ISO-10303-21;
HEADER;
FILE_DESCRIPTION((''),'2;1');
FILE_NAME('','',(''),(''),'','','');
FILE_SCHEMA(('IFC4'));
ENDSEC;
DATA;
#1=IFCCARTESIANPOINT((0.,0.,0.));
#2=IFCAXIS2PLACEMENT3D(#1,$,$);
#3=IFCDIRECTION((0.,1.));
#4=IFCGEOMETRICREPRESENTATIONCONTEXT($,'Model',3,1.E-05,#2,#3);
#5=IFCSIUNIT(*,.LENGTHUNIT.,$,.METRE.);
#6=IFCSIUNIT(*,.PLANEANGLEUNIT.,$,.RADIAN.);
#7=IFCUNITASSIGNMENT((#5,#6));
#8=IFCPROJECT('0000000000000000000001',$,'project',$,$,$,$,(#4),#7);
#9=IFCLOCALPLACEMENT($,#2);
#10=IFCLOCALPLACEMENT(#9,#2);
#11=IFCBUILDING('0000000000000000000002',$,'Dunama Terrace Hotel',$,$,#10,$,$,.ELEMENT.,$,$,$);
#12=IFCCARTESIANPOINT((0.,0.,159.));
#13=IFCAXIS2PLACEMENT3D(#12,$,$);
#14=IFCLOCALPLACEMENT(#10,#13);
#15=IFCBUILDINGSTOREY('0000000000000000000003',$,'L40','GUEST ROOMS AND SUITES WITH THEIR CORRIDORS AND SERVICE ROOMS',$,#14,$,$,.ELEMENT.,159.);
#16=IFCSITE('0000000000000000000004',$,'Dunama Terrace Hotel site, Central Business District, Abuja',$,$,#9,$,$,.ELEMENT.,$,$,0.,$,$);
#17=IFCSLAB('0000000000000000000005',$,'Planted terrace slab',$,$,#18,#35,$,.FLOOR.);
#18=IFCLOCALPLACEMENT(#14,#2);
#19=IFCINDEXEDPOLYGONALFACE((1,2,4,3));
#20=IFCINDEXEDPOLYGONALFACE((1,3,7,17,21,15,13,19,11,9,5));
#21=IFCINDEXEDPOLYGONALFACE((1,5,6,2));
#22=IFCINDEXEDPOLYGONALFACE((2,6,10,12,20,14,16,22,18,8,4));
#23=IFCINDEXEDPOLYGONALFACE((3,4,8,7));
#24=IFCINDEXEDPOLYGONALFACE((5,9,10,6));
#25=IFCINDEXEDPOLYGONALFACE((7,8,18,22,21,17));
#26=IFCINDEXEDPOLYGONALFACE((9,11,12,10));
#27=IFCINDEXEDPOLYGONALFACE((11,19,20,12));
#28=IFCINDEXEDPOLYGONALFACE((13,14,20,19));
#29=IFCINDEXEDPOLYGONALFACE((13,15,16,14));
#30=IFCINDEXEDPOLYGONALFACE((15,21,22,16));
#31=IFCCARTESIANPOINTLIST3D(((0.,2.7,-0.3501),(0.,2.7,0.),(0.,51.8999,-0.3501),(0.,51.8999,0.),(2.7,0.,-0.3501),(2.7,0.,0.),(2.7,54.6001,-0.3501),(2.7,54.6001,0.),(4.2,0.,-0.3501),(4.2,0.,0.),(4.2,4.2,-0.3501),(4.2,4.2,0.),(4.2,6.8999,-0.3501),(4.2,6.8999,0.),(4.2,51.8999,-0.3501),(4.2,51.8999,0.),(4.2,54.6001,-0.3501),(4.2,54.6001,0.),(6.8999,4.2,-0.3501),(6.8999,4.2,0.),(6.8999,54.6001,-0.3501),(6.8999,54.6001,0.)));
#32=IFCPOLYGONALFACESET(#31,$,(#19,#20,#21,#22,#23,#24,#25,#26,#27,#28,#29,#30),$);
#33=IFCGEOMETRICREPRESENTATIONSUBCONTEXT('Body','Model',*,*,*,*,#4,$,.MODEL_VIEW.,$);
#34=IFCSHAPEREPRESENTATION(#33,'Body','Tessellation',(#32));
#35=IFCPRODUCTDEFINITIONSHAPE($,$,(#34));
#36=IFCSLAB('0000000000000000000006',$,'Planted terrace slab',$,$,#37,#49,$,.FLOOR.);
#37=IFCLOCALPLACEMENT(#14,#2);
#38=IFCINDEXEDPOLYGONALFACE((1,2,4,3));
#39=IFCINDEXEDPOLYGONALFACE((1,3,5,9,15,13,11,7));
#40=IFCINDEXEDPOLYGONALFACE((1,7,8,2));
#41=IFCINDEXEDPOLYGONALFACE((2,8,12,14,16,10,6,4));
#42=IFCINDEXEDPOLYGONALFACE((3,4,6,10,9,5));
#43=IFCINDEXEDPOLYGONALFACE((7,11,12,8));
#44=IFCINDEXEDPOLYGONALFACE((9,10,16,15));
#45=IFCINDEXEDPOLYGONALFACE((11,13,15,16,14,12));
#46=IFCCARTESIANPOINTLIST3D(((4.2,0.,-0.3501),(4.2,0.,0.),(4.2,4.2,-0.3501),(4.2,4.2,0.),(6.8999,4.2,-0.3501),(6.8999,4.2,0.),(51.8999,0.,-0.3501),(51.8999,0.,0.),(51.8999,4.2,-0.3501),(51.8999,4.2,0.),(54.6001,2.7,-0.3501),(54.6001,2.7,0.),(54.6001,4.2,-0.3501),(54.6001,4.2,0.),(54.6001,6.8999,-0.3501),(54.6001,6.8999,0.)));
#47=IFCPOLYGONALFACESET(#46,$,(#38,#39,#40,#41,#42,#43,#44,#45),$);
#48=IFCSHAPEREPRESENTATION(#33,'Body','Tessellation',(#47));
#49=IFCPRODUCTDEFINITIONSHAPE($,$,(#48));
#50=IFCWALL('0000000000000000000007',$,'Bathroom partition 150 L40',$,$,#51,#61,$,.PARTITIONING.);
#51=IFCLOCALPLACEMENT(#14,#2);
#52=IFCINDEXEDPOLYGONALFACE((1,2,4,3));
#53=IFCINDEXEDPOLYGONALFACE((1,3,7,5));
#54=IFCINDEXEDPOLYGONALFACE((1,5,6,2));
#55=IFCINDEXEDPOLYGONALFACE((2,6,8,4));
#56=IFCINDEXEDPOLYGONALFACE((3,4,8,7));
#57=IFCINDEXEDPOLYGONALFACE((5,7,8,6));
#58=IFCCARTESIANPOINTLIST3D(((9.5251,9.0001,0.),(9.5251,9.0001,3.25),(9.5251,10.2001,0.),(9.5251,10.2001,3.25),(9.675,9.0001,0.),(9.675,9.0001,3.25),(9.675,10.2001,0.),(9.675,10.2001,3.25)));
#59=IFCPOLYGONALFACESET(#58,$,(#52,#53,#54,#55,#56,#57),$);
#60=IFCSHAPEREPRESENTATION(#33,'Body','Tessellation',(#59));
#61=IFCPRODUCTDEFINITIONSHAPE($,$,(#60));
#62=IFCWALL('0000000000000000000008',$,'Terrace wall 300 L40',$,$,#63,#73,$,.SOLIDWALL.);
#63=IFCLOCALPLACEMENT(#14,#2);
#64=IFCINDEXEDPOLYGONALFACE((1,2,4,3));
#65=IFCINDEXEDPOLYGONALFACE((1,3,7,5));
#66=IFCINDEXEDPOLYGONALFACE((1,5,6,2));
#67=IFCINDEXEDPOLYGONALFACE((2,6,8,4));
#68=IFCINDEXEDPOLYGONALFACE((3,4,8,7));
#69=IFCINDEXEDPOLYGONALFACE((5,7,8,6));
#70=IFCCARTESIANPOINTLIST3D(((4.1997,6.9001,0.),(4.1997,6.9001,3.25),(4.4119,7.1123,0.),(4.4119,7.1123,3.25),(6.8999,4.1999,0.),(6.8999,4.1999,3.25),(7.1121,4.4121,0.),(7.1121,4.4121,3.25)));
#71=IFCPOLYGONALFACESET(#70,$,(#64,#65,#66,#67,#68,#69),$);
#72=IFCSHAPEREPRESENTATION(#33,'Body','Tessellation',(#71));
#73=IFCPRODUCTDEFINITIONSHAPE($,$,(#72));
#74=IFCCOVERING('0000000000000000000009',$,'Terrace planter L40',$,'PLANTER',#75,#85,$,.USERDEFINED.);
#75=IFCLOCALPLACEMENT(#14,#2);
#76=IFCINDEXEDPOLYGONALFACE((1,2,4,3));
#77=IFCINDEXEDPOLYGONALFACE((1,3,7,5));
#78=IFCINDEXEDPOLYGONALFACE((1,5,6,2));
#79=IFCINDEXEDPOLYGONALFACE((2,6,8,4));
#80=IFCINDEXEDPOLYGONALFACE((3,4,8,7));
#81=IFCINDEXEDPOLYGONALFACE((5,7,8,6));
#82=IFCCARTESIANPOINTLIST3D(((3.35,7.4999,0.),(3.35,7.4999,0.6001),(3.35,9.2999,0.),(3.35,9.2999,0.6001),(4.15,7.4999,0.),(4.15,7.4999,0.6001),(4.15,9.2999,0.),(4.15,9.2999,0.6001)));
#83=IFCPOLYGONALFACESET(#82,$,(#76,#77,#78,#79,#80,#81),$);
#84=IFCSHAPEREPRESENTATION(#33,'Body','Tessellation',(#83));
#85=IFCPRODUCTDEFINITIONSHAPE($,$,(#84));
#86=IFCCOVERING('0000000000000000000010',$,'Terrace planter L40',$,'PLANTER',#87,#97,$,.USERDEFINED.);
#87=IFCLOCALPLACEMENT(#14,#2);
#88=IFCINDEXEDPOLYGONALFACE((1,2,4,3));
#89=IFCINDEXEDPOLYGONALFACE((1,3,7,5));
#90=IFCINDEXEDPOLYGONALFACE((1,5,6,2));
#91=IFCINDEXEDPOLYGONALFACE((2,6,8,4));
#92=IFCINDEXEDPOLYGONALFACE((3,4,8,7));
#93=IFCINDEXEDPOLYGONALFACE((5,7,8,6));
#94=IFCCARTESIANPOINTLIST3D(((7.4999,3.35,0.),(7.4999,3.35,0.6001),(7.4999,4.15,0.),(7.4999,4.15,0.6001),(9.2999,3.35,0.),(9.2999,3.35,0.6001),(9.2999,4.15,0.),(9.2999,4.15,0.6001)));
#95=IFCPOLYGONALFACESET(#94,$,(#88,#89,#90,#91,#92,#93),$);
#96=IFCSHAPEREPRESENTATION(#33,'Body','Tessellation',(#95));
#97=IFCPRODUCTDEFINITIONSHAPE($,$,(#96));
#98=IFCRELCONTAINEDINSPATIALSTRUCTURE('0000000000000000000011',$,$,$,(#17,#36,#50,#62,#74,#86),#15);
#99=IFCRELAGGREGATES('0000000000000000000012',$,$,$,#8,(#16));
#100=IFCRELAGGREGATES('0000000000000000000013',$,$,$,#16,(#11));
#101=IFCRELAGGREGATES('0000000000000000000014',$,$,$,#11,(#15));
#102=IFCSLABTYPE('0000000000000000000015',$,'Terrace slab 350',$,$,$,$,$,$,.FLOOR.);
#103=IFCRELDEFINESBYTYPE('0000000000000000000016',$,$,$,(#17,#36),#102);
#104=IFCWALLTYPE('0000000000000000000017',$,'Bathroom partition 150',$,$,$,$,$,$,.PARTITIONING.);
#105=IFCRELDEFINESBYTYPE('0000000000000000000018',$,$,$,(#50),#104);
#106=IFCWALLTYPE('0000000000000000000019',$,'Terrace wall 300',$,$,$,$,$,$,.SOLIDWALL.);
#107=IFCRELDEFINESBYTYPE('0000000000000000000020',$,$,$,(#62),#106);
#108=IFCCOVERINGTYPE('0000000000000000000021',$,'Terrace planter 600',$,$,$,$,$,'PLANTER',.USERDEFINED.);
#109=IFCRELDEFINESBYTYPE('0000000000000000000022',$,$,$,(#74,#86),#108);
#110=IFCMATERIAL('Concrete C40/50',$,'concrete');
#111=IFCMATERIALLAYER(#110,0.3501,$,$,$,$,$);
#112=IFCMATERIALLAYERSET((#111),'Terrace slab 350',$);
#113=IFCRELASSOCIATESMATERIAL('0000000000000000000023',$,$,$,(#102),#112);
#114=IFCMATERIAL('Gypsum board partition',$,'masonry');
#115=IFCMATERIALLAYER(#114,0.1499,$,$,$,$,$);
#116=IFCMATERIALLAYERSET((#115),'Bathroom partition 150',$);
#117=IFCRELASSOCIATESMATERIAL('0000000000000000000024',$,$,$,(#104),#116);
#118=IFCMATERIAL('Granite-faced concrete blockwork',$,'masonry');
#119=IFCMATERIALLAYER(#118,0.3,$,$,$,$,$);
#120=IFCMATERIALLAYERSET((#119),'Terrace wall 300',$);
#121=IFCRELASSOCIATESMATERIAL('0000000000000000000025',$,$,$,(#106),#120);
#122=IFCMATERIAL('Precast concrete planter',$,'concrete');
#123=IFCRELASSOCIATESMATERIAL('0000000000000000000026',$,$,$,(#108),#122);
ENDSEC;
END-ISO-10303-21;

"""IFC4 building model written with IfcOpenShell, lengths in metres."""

from ifc_helpers import new_model, si_unit, direction, frame, frame_2d, origin, origin_2d, place, context, subcontext, project, spatial, polyline, rectangle, outline, extrude, material, layer, layer_set, type_object, element, save


model = new_model("IFC4")

# Units and contexts
model_context = context("Model", 3, precision=1e-05, world=origin(), true_north=direction((0.0, 1.0)))
body_context = subcontext(model_context, "Body", "Model", "MODEL_VIEW")
ifc_project = project(units=[si_unit("LENGTHUNIT", "METRE"), si_unit("PLANEANGLEUNIT", "RADIAN")], contexts=[model_context])

# Site, building, storey
site_placement = place(None, origin())
site = spatial("IfcSite", under=ifc_project, at=site_placement, Name="Dunama Terrace Hotel site, Central Business District, Abuja", CompositionType="ELEMENT", RefElevation=0.0)
building_placement = place(site_placement, origin())
building = spatial("IfcBuilding", under=site, at=building_placement, Name="Dunama Terrace Hotel", CompositionType="ELEMENT")
storey_placement = place(building_placement, frame((0.0, 0.0, 159.0)))
storey = spatial("IfcBuildingStorey", under=building, at=storey_placement, Name="L40", Description="GUEST ROOMS AND SUITES WITH THEIR CORRIDORS AND SERVICE ROOMS", CompositionType="ELEMENT", Elevation=159.0)

# Slabs
ifc_material_1 = material(Name="Concrete C40/50", Category="concrete")
ifc_layer_1 = layer(ifc_material_1, 0.3501)
ifc_layer_set_1 = layer_set([ifc_layer_1], Name="Terrace slab 350")
slab_type_1 = type_object("IfcSlabType", Name="Terrace slab 350", PredefinedType="FLOOR", material=ifc_layer_set_1)
slab_1_placement = place(storey_placement, frame((0.0, 0.0, -0.3501)))
element("IfcSlab", 1, at=slab_1_placement, inside=storey, type_object=slab_type_1, Name="Planted terrace slab", PredefinedType="FLOOR", context=body_context, shape_type="SweptSolid", body=[
    extrude(outline(polyline([(0.0, 51.8999), (2.7, 54.6001), (4.2, 54.6001), (6.8999, 54.6001), (4.2, 51.8999), (4.2, 6.8999), (6.8999, 4.2), (4.2, 4.2), (4.2, 0.0), (2.7, 0.0), (0.0, 2.7), (0.0, 51.8999)])), origin(), (0.0, 0.0, 1.0), 0.3501),
])
slab_2_placement = place(storey_placement, frame((0.0, 0.0, -0.3501)))
element("IfcSlab", 2, at=slab_2_placement, inside=storey, type_object=slab_type_1, Name="Planted terrace slab", PredefinedType="FLOOR", context=body_context, shape_type="SweptSolid", body=[
    extrude(outline(polyline([(6.8999, 4.2), (51.8999, 4.2), (54.6001, 6.8999), (54.6001, 4.2), (54.6001, 2.7), (51.8999, 0.0), (4.2, 0.0), (4.2, 4.2), (6.8999, 4.2)])), origin(), (0.0, 0.0, 1.0), 0.3501),
])

# Wall
ifc_material_2 = material(Name="Gypsum board partition", Category="masonry")
ifc_layer_2 = layer(ifc_material_2, 0.1499)
ifc_layer_set_2 = layer_set([ifc_layer_2], Name="Bathroom partition 150")
wall_type_1 = type_object("IfcWallType", Name="Bathroom partition 150", PredefinedType="PARTITIONING", material=ifc_layer_set_2)
wall_1_placement = place(storey_placement, frame((9.6001, 9.0, 0.0), z_axis=(0.0, 0.0, 1.0), x_axis=(0.0, 1.0, 0.0)))
element("IfcWall", 3, at=wall_1_placement, inside=storey, type_object=wall_type_1, Name="Bathroom partition 150 L40", PredefinedType="PARTITIONING", context=body_context, shape_type="SweptSolid", body=[
    extrude(rectangle(XDim=1.2, YDim=0.1499, at=frame_2d((0.6001, 0.0))), origin(), (0.0, 0.0, 1.0), 3.25),
])

# Shared definitions
ifc_material_3 = material(Name="Granite-faced concrete blockwork", Category="masonry")
ifc_layer_3 = layer(ifc_material_3, 0.3)
ifc_layer_set_3 = layer_set([ifc_layer_3], Name="Terrace wall 300")
wall_type_2 = type_object("IfcWallType", Name="Terrace wall 300", PredefinedType="SOLIDWALL", material=ifc_layer_set_3)

# Wall
wall_2_placement = place(storey_placement, frame((4.3059, 7.0061, 0.0), z_axis=(0.0, 0.0, 1.0), x_axis=(0.707107, -0.707107, 0.0)))
element("IfcWall", 4, at=wall_2_placement, inside=storey, type_object=wall_type_2, Name="Terrace wall 300 L40", PredefinedType="SOLIDWALL", context=body_context, shape_type="SweptSolid", body=[
    extrude(rectangle(XDim=3.8186, YDim=0.3, at=frame_2d((1.9092, 0.0))), origin(), (0.0, 0.0, 1.0), 3.25),
])

# Coverings
ifc_material_4 = material(Name="Precast concrete planter", Category="concrete")
covering_type = type_object("IfcCoveringType", Name="Terrace planter 600", ElementType="PLANTER", PredefinedType="USERDEFINED", material=ifc_material_4)
covering_1_placement = place(storey_placement, frame((3.75, 8.3999, 0.0), z_axis=(0.0, 0.0, 1.0), x_axis=(1.0, 0.0, 0.0)))
element("IfcCovering", 5, at=covering_1_placement, inside=storey, type_object=covering_type, Name="Terrace planter L40", ObjectType="PLANTER", PredefinedType="USERDEFINED", context=body_context, shape_type="SweptSolid", body=[
    extrude(rectangle(XDim=0.8, YDim=1.8, at=origin_2d()), origin(), (0.0, 0.0, 1.0), 0.6001),
])
covering_2_placement = place(storey_placement, frame((8.3999, 3.75, 0.0), z_axis=(0.0, 0.0, 1.0), x_axis=(1.0, 0.0, 0.0)))
element("IfcCovering", 6, at=covering_2_placement, inside=storey, type_object=covering_type, Name="Terrace planter L40", ObjectType="PLANTER", PredefinedType="USERDEFINED", context=body_context, shape_type="SweptSolid", body=[
    extrude(rectangle(XDim=1.8, YDim=0.8, at=origin_2d()), origin(), (0.0, 0.0, 1.0), 0.6001),
])

save(model, "model.ifc")
